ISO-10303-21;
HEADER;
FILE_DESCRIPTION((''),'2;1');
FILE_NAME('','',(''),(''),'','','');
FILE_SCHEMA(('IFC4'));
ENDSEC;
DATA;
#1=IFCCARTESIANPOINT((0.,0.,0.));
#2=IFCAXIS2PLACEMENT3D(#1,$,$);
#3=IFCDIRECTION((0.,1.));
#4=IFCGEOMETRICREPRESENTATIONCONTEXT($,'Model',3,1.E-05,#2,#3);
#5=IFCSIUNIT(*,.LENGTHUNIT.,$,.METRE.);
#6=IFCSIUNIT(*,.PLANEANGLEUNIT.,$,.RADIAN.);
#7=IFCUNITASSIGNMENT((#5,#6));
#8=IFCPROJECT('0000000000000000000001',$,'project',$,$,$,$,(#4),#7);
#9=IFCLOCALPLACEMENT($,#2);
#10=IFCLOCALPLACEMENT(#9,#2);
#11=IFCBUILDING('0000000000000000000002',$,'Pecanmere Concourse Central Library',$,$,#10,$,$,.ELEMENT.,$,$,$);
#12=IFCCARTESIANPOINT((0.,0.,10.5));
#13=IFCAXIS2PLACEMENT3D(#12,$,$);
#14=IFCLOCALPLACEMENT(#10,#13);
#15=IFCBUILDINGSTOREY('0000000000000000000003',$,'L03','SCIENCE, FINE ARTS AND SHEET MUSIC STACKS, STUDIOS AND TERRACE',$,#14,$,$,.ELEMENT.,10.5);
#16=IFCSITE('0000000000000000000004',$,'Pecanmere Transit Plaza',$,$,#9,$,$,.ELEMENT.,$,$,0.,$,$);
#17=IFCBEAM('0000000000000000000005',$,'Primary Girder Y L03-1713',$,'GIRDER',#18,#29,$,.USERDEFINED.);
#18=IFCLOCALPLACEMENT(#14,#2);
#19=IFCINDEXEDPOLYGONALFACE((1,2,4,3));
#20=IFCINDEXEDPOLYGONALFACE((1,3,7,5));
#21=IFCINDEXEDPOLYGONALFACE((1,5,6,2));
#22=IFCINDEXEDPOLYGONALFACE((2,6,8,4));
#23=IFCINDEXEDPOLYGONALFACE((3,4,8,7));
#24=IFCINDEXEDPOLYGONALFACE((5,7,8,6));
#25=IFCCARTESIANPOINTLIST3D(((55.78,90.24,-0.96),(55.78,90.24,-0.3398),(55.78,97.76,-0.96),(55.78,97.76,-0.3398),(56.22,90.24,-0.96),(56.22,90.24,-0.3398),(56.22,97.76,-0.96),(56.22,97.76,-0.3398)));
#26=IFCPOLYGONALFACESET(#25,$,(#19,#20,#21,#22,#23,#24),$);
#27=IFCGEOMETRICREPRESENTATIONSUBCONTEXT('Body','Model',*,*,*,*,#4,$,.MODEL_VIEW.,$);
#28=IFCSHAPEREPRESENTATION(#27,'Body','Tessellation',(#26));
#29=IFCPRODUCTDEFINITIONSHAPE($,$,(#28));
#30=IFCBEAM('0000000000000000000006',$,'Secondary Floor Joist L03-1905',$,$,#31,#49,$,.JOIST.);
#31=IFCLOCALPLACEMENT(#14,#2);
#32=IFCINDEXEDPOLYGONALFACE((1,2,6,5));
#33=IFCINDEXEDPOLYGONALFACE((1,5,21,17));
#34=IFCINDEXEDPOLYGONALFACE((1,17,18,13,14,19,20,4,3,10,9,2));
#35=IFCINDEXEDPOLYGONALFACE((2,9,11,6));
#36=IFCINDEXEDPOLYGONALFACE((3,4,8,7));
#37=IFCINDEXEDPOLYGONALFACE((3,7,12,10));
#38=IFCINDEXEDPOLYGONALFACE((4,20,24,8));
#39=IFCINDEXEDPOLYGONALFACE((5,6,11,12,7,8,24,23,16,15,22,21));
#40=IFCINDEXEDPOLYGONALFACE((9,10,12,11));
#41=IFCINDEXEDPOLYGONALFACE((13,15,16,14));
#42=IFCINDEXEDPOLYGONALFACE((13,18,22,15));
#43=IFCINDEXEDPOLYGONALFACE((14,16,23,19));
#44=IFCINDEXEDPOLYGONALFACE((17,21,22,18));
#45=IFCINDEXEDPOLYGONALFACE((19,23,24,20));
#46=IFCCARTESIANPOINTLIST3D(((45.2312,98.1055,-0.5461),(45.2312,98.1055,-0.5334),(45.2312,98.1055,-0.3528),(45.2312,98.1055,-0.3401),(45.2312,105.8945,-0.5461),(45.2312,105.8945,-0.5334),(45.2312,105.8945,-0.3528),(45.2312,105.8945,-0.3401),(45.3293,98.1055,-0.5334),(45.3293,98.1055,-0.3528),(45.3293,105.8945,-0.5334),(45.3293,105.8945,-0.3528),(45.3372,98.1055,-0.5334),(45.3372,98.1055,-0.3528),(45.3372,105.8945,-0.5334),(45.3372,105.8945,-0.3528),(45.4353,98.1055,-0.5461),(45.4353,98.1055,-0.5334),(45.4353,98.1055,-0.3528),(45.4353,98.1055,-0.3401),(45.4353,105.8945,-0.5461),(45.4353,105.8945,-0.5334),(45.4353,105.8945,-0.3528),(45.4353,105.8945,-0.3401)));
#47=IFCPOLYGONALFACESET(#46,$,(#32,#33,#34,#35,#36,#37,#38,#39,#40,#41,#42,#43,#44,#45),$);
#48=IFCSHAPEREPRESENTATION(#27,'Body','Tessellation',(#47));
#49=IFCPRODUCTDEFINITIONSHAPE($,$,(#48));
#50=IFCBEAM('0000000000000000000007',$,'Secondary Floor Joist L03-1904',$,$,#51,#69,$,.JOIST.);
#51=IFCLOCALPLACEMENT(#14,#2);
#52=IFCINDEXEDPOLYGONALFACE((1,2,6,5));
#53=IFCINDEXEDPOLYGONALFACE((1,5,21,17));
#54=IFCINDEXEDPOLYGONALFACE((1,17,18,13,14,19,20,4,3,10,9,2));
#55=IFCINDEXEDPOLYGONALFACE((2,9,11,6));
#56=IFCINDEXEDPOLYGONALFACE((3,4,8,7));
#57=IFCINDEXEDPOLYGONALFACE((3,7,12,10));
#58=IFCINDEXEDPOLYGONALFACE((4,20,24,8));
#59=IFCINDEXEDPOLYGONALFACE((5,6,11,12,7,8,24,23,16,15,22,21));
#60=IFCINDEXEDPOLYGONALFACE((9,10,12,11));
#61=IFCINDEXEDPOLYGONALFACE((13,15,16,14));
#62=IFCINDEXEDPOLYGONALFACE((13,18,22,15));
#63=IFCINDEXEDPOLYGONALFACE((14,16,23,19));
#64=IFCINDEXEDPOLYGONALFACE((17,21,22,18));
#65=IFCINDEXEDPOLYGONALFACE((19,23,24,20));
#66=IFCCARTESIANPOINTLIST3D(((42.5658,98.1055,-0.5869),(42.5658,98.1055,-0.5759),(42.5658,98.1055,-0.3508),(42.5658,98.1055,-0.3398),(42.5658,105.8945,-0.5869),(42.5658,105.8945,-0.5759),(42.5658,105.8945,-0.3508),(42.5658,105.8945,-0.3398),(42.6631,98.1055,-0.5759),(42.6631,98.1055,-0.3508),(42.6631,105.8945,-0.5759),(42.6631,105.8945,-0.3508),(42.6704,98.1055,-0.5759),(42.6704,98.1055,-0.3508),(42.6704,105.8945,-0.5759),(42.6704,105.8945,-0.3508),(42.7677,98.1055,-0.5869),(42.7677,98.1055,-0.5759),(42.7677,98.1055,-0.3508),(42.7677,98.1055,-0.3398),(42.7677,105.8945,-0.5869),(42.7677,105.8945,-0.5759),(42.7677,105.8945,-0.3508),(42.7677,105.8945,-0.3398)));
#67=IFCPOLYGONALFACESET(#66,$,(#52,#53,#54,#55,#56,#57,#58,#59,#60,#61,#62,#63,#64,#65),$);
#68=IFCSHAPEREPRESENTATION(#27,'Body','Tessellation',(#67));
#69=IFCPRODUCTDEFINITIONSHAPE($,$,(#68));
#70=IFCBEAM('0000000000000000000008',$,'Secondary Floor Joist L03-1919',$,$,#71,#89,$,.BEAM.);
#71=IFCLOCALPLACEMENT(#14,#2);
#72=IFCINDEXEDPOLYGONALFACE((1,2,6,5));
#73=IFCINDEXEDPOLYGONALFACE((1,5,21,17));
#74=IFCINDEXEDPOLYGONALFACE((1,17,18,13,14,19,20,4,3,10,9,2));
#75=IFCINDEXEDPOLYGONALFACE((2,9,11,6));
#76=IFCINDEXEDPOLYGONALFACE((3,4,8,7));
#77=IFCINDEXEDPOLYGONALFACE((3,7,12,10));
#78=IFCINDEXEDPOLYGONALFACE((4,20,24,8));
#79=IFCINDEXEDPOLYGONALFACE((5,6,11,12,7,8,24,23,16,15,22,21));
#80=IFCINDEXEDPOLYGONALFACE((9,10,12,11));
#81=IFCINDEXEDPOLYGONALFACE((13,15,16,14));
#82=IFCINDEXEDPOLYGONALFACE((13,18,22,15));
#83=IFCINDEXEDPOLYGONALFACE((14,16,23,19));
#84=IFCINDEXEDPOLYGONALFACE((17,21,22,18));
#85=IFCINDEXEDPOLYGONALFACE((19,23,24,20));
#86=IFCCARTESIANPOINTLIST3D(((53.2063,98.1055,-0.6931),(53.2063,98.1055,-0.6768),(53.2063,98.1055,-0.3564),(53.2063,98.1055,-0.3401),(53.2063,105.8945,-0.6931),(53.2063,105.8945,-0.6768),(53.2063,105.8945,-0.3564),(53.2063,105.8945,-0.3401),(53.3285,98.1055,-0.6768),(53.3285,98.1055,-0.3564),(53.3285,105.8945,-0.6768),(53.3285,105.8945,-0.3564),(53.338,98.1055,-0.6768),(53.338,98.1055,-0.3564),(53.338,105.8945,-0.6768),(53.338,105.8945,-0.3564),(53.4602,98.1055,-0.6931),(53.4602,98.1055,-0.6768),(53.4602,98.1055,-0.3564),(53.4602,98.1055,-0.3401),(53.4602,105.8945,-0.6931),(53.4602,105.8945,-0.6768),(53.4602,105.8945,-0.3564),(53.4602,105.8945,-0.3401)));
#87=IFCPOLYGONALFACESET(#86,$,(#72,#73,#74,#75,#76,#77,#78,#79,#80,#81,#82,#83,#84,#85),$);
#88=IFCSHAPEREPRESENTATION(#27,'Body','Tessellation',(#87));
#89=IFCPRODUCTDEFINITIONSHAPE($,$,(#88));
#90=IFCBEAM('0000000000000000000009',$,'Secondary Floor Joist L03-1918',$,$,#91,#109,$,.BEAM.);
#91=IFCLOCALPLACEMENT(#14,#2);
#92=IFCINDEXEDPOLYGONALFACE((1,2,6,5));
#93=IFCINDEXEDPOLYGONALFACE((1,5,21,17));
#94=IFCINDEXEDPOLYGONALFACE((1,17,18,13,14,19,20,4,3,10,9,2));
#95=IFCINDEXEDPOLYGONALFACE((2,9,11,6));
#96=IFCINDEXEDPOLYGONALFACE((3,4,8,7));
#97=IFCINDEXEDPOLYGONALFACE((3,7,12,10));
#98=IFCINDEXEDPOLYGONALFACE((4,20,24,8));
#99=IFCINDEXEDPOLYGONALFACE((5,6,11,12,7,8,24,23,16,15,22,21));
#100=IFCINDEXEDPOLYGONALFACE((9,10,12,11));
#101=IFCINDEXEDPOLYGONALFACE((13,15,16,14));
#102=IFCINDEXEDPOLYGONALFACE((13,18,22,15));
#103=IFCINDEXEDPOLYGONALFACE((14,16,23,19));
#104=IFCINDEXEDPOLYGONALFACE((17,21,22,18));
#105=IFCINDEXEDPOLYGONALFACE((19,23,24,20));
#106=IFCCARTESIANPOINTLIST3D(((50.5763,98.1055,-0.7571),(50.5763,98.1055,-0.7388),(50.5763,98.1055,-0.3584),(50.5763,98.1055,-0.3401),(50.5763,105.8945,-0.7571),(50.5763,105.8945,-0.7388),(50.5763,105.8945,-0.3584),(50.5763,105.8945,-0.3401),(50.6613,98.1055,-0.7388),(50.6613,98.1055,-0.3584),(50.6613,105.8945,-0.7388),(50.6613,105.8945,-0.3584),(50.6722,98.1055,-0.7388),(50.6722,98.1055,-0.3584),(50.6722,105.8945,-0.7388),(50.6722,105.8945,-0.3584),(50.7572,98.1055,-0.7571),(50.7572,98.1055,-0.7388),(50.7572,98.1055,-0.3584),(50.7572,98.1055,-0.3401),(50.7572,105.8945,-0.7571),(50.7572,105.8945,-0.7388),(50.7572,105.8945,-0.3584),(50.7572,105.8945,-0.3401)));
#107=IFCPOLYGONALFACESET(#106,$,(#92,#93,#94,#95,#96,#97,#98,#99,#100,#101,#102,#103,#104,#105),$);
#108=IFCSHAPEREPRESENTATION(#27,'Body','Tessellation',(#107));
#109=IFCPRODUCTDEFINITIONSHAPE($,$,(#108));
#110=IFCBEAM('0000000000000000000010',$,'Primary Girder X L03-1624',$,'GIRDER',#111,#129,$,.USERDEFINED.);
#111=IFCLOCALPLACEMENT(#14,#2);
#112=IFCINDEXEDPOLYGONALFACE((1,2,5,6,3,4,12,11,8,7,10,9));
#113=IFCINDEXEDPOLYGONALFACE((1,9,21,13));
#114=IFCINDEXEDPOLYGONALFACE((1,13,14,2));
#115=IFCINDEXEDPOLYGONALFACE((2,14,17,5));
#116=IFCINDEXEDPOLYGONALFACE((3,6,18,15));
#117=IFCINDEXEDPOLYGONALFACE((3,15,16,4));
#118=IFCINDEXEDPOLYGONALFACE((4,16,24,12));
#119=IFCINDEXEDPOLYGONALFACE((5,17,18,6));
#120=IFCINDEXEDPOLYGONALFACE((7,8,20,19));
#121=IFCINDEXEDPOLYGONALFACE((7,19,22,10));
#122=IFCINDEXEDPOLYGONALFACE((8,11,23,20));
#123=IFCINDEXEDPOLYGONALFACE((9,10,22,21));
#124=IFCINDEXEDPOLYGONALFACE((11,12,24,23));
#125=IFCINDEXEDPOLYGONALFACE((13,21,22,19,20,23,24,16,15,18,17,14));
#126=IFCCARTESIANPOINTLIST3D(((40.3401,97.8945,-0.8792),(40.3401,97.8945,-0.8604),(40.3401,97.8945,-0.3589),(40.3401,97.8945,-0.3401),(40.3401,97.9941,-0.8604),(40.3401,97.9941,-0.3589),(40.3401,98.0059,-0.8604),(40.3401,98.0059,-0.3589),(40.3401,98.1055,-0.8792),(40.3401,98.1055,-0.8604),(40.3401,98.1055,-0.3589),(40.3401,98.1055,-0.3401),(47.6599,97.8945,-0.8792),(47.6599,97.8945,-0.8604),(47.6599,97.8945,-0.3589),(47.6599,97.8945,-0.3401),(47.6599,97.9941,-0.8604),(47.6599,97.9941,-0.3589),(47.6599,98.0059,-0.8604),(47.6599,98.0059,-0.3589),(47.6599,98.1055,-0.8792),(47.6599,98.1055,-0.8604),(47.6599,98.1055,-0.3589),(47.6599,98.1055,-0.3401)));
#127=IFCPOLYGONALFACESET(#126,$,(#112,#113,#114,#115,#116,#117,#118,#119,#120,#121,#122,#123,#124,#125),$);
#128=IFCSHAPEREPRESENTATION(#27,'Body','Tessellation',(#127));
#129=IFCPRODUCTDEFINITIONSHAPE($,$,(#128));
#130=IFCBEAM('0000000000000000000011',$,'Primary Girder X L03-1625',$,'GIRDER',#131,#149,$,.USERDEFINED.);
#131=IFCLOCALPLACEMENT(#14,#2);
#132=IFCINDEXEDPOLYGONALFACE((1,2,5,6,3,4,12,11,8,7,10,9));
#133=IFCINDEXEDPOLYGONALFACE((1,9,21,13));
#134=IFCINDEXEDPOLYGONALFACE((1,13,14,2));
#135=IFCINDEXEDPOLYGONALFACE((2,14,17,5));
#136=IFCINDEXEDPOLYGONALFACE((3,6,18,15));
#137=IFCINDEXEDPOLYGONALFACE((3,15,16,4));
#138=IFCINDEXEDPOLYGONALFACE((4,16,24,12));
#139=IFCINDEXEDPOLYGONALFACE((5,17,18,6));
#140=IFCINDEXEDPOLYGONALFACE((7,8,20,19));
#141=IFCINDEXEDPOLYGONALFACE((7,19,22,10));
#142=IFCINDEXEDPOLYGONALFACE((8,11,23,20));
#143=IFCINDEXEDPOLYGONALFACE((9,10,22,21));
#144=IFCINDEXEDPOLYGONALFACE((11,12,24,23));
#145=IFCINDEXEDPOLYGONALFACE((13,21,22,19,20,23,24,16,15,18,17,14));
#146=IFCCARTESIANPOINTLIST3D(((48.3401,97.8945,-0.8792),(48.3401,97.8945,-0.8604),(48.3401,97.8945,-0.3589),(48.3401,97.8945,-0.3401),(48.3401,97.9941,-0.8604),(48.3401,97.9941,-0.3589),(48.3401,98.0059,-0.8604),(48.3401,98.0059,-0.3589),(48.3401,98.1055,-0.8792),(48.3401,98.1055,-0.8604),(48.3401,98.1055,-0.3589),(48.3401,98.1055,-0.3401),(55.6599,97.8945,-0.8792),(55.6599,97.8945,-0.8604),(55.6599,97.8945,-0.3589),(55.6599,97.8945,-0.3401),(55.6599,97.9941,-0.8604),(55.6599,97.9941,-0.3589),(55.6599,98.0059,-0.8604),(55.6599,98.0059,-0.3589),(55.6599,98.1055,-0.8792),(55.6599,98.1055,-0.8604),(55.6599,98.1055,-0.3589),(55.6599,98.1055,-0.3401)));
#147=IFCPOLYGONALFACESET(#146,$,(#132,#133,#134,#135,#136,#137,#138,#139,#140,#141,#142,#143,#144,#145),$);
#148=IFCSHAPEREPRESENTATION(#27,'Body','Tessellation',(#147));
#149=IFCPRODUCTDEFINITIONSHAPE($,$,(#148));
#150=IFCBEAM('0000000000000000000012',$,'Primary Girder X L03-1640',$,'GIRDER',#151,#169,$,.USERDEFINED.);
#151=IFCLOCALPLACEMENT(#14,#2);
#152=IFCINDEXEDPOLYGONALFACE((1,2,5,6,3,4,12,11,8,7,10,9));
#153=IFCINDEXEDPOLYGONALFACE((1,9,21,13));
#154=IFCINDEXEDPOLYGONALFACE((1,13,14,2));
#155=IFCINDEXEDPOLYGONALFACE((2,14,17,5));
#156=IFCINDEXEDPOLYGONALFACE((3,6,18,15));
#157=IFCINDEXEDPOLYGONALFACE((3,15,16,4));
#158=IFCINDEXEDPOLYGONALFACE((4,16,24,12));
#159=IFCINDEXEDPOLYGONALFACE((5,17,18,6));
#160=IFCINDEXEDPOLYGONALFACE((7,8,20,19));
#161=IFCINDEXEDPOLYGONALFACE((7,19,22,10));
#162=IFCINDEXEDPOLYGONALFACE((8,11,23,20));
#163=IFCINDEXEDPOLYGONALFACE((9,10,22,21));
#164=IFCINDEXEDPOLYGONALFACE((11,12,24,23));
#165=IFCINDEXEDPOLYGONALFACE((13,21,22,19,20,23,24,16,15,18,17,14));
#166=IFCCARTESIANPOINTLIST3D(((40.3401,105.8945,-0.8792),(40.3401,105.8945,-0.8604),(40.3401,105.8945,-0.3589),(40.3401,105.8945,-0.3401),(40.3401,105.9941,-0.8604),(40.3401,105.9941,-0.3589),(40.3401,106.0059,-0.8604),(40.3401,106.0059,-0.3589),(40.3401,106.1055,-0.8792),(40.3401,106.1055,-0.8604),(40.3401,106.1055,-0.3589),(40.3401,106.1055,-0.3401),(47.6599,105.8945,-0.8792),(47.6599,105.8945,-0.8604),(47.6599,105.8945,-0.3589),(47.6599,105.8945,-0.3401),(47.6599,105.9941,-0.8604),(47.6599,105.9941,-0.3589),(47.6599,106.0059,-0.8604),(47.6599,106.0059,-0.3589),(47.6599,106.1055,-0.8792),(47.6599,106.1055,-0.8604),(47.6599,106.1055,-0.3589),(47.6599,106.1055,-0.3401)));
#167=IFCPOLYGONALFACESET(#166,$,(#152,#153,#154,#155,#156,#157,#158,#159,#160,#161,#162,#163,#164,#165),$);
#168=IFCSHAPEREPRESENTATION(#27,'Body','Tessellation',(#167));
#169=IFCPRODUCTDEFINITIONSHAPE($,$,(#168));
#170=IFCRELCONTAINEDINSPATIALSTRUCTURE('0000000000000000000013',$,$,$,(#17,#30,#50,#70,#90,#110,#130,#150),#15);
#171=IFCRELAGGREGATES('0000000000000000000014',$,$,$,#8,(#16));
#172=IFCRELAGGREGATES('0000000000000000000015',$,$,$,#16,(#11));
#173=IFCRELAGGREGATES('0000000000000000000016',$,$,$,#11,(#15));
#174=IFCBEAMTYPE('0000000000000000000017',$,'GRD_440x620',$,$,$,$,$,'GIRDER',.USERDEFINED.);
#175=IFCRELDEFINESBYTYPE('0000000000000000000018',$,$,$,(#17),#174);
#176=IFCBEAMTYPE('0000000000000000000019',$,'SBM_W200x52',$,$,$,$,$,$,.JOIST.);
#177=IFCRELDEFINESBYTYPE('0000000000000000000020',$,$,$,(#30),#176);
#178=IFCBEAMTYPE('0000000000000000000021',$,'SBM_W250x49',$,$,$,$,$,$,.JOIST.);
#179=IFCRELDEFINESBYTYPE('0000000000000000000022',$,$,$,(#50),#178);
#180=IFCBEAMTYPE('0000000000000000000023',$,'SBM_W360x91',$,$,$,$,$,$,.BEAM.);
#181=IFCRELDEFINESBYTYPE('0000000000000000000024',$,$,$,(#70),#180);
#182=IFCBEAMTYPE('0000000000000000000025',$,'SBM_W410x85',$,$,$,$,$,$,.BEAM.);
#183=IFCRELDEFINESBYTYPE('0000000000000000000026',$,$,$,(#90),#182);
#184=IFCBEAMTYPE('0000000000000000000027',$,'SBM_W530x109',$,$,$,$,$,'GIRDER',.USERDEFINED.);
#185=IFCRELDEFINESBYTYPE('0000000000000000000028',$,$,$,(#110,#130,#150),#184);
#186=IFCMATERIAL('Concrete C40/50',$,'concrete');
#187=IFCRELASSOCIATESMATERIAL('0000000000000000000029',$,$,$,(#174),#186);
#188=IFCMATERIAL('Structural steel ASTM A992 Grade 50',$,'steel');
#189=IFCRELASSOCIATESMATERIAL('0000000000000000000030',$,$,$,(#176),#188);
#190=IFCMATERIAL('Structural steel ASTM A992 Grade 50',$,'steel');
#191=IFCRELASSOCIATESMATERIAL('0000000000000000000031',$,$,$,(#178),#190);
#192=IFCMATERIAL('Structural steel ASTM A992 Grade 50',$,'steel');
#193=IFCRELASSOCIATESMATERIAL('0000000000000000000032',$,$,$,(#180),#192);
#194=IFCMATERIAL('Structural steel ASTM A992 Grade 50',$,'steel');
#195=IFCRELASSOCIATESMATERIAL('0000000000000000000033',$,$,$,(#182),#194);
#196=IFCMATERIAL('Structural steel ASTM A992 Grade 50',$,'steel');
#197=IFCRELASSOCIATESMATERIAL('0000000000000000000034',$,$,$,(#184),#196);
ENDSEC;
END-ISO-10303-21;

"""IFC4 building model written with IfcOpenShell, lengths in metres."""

from ifc_helpers import new_model, si_unit, direction, frame, origin, origin_2d, place, context, subcontext, project, spatial, rectangle, i_section, extrude, material, material_profile, profile_set, type_object, element, save


model = new_model("IFC4")

# Units and contexts
model_context = context("Model", 3, precision=1e-05, world=origin(), true_north=direction((0.0, 1.0)))
body_context = subcontext(model_context, "Body", "Model", "MODEL_VIEW")
ifc_project = project(units=[si_unit("LENGTHUNIT", "METRE"), si_unit("PLANEANGLEUNIT", "RADIAN")], contexts=[model_context])

# Site, building, storey
site_placement = place(None, origin())
site = spatial("IfcSite", under=ifc_project, at=site_placement, Name="Pecanmere Transit Plaza", CompositionType="ELEMENT", RefElevation=0.0)
building_placement = place(site_placement, origin())
building = spatial("IfcBuilding", under=site, at=building_placement, Name="Pecanmere Concourse Central Library", CompositionType="ELEMENT")
storey_placement = place(building_placement, frame((0.0, 0.0, 10.5)))
storey = spatial("IfcBuildingStorey", under=building, at=storey_placement, Name="L03", Description="SCIENCE, FINE ARTS AND SHEET MUSIC STACKS, STUDIOS AND TERRACE", CompositionType="ELEMENT", Elevation=10.5)

# Beams
ifc_material_1 = material(Name="Concrete C40/50", Category="concrete")
ifc_material_profile_1 = material_profile(ifc_material_1, rectangle(XDim=0.4399, YDim=0.6201, at=origin_2d()), Name="RC 440x620")
ifc_profile_set_1 = profile_set([ifc_material_profile_1], Name="Concrete C40/50")
beam_type_1 = type_object("IfcBeamType", Name="GRD_440x620", ElementType="GIRDER", PredefinedType="USERDEFINED", material=ifc_profile_set_1)
for number, where, z_axis, x_axis, name in (
    (1, (56.0, 90.24, -0.6499), (0.0, 1.0, 0.0), (-1.0, 0.0, 0.0), "Primary Girder Y L03-1713"),
):
    element("IfcBeam", number, at=place(storey_placement, frame(where, z_axis=z_axis, x_axis=x_axis)), inside=storey, type_object=beam_type_1, Name=name, ObjectType="GIRDER", PredefinedType="USERDEFINED", context=body_context, shape_type="SweptSolid", body=[
        extrude(rectangle(XDim=0.4399, YDim=0.6201, at=origin_2d()), origin(), (0.0, 0.0, 1.0), 7.52),
    ])
ifc_material_2 = material(Name="Structural steel ASTM A992 Grade 50", Category="steel")
ifc_material_profile_2 = material_profile(ifc_material_2, i_section(OverallWidth=0.2041, OverallDepth=0.2061, WebThickness=0.0078, FlangeThickness=0.0127, at=origin_2d()), Name="W200x52")
ifc_profile_set_2 = profile_set([ifc_material_profile_2], Name="Structural steel ASTM A992 Grade 50")
beam_type_2 = type_object("IfcBeamType", Name="SBM_W200x52", PredefinedType="JOIST", material=ifc_profile_set_2)
beam_1_placement = place(storey_placement, frame((45.3333, 98.1055, -0.4431), z_axis=(0.0, 1.0, 0.0), x_axis=(-1.0, 0.0, 0.0)))
element("IfcBeam", 2, at=beam_1_placement, inside=storey, type_object=beam_type_2, Name="Secondary Floor Joist L03-1905", PredefinedType="JOIST", context=body_context, shape_type="SweptSolid", body=[
    extrude(i_section(OverallWidth=0.2041, OverallDepth=0.2061, WebThickness=0.0078, FlangeThickness=0.0127, at=origin_2d()), origin(), (0.0, 0.0, 1.0), 7.7891),
])
ifc_material_3 = material(Name="Structural steel ASTM A992 Grade 50", Category="steel")
ifc_material_profile_3 = material_profile(ifc_material_3, i_section(OverallWidth=0.2019, OverallDepth=0.2471, WebThickness=0.0073, FlangeThickness=0.011, at=origin_2d()), Name="W250x49.1")
ifc_profile_set_3 = profile_set([ifc_material_profile_3], Name="Structural steel ASTM A992 Grade 50")
beam_type_3 = type_object("IfcBeamType", Name="SBM_W250x49", PredefinedType="JOIST", material=ifc_profile_set_3)
beam_2_placement = place(storey_placement, frame((42.6667, 98.1055, -0.4634), z_axis=(0.0, 1.0, 0.0), x_axis=(-1.0, 0.0, 0.0)))
element("IfcBeam", 3, at=beam_2_placement, inside=storey, type_object=beam_type_3, Name="Secondary Floor Joist L03-1904", PredefinedType="JOIST", context=body_context, shape_type="SweptSolid", body=[
    extrude(i_section(OverallWidth=0.2019, OverallDepth=0.2471, WebThickness=0.0073, FlangeThickness=0.011, at=origin_2d()), origin(), (0.0, 0.0, 1.0), 7.7891),
])
ifc_material_4 = material(Name="Structural steel ASTM A992 Grade 50", Category="steel")
ifc_material_profile_4 = material_profile(ifc_material_4, i_section(OverallWidth=0.2539, OverallDepth=0.353, WebThickness=0.0095, FlangeThickness=0.0164, at=origin_2d()), Name="W360x91")
ifc_profile_set_4 = profile_set([ifc_material_profile_4], Name="Structural steel ASTM A992 Grade 50")
beam_type_4 = type_object("IfcBeamType", Name="SBM_W360x91", PredefinedType="BEAM", material=ifc_profile_set_4)
beam_3_placement = place(storey_placement, frame((53.3333, 98.1055, -0.5166), z_axis=(0.0, 1.0, 0.0), x_axis=(-1.0, 0.0, 0.0)))
element("IfcBeam", 4, at=beam_3_placement, inside=storey, type_object=beam_type_4, Name="Secondary Floor Joist L03-1919", PredefinedType="BEAM", context=body_context, shape_type="SweptSolid", body=[
    extrude(i_section(OverallWidth=0.2539, OverallDepth=0.353, WebThickness=0.0095, FlangeThickness=0.0164, at=origin_2d()), origin(), (0.0, 0.0, 1.0), 7.7891),
])
ifc_material_5 = material(Name="Structural steel ASTM A992 Grade 50", Category="steel")
ifc_material_profile_5 = material_profile(ifc_material_5, i_section(OverallWidth=0.1809, OverallDepth=0.417, WebThickness=0.011, FlangeThickness=0.0183, at=origin_2d()), Name="W410x85")
ifc_profile_set_5 = profile_set([ifc_material_profile_5], Name="Structural steel ASTM A992 Grade 50")
beam_type_5 = type_object("IfcBeamType", Name="SBM_W410x85", PredefinedType="BEAM", material=ifc_profile_set_5)
beam_4_placement = place(storey_placement, frame((50.6667, 98.1055, -0.5486), z_axis=(0.0, 1.0, 0.0), x_axis=(-1.0, 0.0, 0.0)))
element("IfcBeam", 5, at=beam_4_placement, inside=storey, type_object=beam_type_5, Name="Secondary Floor Joist L03-1918", PredefinedType="BEAM", context=body_context, shape_type="SweptSolid", body=[
    extrude(i_section(OverallWidth=0.1809, OverallDepth=0.417, WebThickness=0.011, FlangeThickness=0.0183, at=origin_2d()), origin(), (0.0, 0.0, 1.0), 7.7891),
])
ifc_material_6 = material(Name="Structural steel ASTM A992 Grade 50", Category="steel")
ifc_material_profile_6 = material_profile(ifc_material_6, i_section(OverallWidth=0.2109, OverallDepth=0.5391, WebThickness=0.0117, FlangeThickness=0.0188, at=origin_2d()), Name="W530x109")
ifc_profile_set_6 = profile_set([ifc_material_profile_6], Name="Structural steel ASTM A992 Grade 50")
beam_type_6 = type_object("IfcBeamType", Name="SBM_W530x109", ElementType="GIRDER", PredefinedType="USERDEFINED", material=ifc_profile_set_6)
for number, where, z_axis, x_axis, name in (
    (6, (40.3401, 98.0, -0.6096), (1.0, 0.0, 0.0), (0.0, 1.0, 0.0), "Primary Girder X L03-1624"),
    (7, (48.3401, 98.0, -0.6096), (1.0, 0.0, 0.0), (0.0, 1.0, 0.0), "Primary Girder X L03-1625"),
    (8, (40.3401, 106.0, -0.6096), (1.0, 0.0, 0.0), (0.0, 1.0, 0.0), "Primary Girder X L03-1640"),
):
    element("IfcBeam", number, at=place(storey_placement, frame(where, z_axis=z_axis, x_axis=x_axis)), inside=storey, type_object=beam_type_6, Name=name, ObjectType="GIRDER", PredefinedType="USERDEFINED", context=body_context, shape_type="SweptSolid", body=[
        extrude(i_section(OverallWidth=0.2109, OverallDepth=0.5391, WebThickness=0.0117, FlangeThickness=0.0188, at=origin_2d()), origin(), (0.0, 0.0, 1.0), 7.3198),
    ])

save(model, "model.ifc")
